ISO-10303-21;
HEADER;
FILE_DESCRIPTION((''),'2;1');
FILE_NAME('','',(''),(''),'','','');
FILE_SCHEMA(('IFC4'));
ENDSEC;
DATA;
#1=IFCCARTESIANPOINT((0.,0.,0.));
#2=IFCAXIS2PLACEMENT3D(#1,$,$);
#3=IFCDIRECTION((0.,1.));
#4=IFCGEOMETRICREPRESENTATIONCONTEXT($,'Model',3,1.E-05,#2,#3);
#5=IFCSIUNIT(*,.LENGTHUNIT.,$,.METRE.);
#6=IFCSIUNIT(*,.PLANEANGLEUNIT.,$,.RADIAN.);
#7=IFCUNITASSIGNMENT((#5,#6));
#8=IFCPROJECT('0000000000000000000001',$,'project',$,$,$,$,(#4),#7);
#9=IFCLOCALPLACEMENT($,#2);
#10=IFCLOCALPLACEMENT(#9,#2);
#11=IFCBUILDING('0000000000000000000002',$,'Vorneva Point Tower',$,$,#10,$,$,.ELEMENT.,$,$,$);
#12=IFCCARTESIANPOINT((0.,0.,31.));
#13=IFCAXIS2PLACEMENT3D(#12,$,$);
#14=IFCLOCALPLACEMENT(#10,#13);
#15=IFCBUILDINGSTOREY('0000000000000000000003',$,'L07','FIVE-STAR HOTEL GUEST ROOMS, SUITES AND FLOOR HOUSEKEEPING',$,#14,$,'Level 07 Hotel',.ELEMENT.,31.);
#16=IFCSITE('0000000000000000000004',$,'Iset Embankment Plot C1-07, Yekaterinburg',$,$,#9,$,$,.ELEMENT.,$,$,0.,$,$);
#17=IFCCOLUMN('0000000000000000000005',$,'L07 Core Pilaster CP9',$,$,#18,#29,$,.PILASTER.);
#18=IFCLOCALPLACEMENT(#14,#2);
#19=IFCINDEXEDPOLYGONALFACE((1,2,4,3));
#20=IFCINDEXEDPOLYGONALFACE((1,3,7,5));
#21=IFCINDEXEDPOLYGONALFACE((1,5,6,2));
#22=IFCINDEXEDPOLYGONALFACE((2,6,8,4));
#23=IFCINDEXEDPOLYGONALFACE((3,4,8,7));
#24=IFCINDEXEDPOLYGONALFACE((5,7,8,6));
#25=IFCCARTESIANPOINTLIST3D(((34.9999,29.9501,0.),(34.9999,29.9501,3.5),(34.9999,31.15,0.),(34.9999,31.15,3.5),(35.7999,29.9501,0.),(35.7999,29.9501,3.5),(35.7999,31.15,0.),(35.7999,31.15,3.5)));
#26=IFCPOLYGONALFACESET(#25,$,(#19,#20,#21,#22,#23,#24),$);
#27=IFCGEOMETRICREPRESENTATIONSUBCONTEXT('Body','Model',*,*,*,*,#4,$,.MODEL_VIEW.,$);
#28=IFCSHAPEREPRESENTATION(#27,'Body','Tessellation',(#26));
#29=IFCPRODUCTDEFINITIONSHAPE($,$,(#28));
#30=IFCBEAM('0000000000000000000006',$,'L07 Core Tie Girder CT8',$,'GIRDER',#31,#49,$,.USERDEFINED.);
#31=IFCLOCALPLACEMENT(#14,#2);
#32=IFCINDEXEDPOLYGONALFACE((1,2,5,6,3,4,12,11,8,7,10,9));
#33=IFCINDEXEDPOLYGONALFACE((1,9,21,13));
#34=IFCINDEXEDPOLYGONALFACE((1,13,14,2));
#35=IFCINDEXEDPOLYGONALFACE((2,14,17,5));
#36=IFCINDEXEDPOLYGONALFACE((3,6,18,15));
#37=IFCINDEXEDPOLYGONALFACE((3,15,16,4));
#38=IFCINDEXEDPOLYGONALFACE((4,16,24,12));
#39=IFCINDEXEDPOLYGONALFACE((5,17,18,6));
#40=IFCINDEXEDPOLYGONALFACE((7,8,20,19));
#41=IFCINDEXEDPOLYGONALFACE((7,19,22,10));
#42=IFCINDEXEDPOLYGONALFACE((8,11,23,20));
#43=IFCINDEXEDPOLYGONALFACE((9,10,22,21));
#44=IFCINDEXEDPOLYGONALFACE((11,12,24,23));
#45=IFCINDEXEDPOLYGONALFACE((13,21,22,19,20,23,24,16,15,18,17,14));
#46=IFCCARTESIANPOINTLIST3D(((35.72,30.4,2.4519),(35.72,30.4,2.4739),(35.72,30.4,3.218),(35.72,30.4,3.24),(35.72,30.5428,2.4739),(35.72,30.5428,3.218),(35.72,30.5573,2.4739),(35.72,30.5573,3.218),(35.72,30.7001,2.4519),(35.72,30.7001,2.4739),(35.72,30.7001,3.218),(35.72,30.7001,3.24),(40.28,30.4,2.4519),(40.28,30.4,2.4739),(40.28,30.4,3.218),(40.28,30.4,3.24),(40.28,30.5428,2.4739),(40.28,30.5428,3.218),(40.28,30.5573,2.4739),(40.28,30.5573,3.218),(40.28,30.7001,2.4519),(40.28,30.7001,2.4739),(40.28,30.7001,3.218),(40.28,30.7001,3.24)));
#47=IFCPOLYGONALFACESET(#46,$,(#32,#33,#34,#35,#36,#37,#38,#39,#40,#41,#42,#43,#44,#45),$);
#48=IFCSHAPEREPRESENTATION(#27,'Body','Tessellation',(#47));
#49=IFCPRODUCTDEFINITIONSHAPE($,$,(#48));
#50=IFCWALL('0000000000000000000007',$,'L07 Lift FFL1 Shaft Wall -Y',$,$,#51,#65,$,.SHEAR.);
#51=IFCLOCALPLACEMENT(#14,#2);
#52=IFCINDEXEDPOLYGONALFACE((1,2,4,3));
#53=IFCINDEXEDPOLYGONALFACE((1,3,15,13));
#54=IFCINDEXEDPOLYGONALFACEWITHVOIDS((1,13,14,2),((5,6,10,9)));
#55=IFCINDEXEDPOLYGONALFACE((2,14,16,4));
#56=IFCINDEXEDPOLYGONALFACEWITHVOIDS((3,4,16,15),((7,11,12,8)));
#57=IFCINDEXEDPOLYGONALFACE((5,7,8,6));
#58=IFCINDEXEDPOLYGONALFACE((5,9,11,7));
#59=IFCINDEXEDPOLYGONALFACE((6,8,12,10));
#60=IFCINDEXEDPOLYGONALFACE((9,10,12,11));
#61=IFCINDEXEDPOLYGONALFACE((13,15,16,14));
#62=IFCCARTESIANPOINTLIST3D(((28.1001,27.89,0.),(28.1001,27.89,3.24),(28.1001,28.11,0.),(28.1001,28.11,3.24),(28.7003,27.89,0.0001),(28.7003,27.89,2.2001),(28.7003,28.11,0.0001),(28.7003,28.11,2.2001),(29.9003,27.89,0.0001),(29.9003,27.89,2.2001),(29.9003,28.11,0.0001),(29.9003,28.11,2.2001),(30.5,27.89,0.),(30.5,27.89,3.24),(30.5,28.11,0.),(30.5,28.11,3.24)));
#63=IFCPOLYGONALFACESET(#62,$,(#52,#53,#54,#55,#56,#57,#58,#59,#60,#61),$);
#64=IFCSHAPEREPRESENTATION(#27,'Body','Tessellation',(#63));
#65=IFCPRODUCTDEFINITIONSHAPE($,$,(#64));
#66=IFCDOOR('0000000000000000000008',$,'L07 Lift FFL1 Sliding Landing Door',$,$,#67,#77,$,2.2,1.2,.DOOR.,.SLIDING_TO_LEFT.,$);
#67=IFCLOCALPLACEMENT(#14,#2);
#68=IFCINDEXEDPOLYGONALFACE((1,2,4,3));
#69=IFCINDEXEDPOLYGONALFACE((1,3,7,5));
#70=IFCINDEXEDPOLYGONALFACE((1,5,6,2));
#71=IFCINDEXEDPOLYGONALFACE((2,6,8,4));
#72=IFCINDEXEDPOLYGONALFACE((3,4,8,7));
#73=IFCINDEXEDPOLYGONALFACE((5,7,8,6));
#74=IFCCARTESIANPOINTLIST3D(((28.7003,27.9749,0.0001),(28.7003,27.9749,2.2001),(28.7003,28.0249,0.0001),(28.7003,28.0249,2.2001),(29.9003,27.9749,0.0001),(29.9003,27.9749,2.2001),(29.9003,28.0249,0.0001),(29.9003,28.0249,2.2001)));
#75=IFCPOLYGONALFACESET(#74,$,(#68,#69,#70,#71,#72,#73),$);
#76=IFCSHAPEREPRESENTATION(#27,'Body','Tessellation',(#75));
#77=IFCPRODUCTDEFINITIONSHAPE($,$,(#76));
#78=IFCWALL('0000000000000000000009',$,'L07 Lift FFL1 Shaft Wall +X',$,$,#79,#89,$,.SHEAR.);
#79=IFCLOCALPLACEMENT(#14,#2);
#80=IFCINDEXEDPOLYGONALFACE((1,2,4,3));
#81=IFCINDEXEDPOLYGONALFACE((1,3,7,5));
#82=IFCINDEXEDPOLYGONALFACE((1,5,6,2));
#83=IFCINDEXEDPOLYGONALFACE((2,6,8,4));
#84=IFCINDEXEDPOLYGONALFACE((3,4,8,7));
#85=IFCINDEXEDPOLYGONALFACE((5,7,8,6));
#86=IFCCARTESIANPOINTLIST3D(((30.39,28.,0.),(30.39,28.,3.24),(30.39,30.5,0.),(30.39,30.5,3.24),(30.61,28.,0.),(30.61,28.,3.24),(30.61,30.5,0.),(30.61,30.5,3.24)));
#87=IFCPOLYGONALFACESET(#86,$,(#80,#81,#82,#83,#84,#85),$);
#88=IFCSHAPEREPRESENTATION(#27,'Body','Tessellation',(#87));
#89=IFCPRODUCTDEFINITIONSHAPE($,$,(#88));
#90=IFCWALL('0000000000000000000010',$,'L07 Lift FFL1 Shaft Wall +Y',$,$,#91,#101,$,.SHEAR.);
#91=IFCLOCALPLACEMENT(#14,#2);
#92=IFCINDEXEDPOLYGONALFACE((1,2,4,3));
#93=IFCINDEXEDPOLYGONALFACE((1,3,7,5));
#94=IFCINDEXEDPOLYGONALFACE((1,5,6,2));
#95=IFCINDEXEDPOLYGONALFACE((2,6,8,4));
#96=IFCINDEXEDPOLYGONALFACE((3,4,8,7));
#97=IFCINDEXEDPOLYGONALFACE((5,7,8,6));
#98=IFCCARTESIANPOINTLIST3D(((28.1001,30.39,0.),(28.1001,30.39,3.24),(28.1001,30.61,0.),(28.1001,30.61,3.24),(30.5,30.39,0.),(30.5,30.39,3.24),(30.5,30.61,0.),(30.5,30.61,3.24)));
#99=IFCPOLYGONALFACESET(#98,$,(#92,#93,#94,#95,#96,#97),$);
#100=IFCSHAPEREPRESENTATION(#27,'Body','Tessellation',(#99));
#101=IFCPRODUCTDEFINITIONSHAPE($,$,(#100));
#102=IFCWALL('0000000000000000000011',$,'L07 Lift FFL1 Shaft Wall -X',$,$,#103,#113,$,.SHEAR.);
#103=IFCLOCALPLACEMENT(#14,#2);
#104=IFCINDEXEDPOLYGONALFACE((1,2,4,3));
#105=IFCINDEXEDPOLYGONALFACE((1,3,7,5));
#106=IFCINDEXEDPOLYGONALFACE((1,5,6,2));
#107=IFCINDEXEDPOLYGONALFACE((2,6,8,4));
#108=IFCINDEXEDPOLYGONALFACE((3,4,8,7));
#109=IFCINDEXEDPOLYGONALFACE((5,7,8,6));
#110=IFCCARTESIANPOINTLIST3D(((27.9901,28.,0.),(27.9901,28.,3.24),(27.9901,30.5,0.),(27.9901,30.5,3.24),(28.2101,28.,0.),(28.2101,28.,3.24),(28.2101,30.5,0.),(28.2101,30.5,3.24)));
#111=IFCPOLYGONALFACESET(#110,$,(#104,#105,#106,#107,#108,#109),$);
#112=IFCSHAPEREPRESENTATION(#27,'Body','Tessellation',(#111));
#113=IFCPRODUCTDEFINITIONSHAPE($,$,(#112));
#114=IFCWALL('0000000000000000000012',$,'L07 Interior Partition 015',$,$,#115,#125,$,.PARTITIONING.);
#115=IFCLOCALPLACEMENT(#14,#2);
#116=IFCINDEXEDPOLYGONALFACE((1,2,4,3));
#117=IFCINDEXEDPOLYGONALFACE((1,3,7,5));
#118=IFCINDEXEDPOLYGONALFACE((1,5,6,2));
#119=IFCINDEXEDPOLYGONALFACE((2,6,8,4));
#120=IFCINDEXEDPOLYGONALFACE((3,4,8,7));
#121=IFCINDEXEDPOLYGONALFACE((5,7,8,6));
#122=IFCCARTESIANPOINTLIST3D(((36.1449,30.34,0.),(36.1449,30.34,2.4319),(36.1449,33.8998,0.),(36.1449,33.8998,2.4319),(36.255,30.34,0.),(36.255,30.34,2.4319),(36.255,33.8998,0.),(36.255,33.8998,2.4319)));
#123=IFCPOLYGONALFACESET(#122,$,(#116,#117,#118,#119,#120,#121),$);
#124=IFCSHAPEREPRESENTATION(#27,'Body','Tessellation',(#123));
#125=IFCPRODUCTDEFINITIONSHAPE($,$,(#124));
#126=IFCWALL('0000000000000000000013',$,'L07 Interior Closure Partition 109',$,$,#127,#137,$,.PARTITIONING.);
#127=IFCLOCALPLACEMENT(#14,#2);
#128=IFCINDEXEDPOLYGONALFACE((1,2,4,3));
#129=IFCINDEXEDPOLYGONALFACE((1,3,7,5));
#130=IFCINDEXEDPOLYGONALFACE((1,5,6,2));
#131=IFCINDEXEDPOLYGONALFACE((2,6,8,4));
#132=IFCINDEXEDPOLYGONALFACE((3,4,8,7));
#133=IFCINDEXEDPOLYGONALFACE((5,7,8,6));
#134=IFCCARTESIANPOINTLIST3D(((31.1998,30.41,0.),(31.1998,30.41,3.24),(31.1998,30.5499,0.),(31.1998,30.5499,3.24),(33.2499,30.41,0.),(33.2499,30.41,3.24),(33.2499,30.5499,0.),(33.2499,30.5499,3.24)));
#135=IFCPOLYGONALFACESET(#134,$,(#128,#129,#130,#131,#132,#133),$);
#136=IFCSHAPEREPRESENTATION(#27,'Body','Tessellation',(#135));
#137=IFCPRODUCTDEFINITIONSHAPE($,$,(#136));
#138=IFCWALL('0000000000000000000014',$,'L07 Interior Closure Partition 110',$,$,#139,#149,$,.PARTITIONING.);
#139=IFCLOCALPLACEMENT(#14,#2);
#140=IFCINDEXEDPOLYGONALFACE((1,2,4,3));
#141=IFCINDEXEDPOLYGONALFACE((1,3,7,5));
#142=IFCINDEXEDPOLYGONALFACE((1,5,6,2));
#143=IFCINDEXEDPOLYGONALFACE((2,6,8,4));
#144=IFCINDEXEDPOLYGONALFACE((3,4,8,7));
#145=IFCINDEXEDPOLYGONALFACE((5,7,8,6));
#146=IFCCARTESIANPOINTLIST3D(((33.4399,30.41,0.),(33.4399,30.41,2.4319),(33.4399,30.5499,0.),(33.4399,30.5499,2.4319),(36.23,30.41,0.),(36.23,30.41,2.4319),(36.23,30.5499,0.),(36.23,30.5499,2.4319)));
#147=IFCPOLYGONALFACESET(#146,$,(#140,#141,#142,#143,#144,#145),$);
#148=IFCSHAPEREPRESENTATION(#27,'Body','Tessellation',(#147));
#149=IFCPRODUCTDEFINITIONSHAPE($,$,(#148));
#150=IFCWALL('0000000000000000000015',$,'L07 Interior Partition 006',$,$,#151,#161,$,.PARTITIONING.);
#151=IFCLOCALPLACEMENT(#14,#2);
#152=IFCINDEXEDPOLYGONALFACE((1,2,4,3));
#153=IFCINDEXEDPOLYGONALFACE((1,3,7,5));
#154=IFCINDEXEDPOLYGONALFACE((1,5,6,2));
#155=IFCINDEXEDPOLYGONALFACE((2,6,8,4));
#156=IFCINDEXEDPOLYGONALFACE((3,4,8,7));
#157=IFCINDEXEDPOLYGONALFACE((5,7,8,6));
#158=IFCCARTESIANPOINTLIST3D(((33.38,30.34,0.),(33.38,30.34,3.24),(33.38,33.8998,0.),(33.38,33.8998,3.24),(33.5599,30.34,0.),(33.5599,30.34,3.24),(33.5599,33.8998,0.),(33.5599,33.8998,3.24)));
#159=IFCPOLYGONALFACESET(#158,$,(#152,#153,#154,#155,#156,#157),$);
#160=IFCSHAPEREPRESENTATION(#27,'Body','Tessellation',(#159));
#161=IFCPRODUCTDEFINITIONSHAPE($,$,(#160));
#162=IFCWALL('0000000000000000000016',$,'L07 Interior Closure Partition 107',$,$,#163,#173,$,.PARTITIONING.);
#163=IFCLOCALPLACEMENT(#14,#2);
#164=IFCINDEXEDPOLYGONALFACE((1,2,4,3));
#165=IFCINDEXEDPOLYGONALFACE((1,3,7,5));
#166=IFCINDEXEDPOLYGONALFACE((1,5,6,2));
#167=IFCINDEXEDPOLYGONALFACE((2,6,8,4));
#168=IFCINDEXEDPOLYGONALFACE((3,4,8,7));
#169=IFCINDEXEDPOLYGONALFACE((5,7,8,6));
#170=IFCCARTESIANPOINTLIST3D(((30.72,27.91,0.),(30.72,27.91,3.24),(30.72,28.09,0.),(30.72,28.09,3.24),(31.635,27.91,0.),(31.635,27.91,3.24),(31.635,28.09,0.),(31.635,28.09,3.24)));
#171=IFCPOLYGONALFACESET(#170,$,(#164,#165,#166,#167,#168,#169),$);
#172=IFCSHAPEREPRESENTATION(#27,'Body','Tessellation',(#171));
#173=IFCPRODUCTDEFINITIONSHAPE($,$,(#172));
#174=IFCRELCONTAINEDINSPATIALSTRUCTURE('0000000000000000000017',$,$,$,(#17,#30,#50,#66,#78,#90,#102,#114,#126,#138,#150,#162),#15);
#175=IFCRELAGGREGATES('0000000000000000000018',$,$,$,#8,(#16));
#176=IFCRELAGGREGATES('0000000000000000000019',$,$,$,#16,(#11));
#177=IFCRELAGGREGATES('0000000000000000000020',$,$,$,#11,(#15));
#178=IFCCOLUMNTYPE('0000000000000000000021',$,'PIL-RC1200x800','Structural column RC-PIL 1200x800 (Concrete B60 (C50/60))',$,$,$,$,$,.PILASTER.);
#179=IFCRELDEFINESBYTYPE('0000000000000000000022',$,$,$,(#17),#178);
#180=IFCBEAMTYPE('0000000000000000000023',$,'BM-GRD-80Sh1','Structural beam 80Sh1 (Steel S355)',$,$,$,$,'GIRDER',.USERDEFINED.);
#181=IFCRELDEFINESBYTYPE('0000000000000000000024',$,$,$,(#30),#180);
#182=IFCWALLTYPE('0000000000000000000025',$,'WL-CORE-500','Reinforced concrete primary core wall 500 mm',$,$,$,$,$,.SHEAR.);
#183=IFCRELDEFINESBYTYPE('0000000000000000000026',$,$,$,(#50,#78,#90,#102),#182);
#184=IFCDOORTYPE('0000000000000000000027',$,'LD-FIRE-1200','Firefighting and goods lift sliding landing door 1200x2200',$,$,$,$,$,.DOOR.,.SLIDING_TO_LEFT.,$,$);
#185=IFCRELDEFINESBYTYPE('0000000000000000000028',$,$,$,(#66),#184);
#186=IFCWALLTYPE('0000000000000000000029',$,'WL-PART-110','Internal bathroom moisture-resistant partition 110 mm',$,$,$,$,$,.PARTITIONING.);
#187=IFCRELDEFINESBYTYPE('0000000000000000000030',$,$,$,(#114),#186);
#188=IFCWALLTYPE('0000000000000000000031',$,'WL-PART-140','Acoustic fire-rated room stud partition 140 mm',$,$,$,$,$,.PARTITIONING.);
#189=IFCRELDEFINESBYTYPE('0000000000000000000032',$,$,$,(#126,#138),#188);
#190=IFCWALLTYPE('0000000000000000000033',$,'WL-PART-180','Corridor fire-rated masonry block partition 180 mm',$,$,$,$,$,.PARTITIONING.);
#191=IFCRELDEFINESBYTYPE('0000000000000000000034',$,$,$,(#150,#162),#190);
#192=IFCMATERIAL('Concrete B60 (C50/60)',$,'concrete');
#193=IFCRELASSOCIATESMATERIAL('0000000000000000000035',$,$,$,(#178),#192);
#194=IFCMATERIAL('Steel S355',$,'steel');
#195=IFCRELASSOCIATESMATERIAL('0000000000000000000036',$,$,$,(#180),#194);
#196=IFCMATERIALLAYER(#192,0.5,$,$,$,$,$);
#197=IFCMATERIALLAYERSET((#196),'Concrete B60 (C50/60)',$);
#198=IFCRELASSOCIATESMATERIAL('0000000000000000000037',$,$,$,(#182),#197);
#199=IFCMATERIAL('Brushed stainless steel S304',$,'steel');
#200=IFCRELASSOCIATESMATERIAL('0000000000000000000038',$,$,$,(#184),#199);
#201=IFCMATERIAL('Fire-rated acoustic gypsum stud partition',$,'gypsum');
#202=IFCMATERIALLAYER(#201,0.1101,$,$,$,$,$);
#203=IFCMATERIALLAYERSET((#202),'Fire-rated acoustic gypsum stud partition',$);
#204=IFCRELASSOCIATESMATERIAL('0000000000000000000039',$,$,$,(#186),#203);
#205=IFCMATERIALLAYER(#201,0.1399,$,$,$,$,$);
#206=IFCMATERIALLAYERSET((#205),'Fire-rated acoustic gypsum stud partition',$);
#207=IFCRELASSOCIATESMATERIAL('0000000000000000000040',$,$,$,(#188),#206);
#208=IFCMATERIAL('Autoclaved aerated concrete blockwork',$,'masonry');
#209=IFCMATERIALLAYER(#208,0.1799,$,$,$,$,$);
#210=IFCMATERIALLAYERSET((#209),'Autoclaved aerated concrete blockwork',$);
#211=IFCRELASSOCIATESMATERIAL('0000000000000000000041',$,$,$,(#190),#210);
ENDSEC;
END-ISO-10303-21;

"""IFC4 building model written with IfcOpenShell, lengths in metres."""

from ifc_helpers import new_model, si_unit, direction, frame, frame_2d, origin, origin_2d, place, context, subcontext, project, spatial, rectangle, i_section, extrude, material, layer, layer_set, material_profile, profile_set, type_object, element, fill, save


model = new_model("IFC4")

# Units and contexts
model_context = context("Model", 3, precision=1e-05, world=origin(), true_north=direction((0.0, 1.0)))
body_context = subcontext(model_context, "Body", "Model", "MODEL_VIEW")
ifc_project = project(units=[si_unit("LENGTHUNIT", "METRE"), si_unit("PLANEANGLEUNIT", "RADIAN")], contexts=[model_context])

# Site, building, storey
site_placement = place(None, origin())
site = spatial("IfcSite", under=ifc_project, at=site_placement, Name="Iset Embankment Plot C1-07, Yekaterinburg", CompositionType="ELEMENT", RefElevation=0.0)
building_placement = place(site_placement, origin())
building = spatial("IfcBuilding", under=site, at=building_placement, Name="Vorneva Point Tower", CompositionType="ELEMENT")
storey_placement = place(building_placement, frame((0.0, 0.0, 31.0)))
storey = spatial("IfcBuildingStorey", under=building, at=storey_placement, Name="L07", Description="FIVE-STAR HOTEL GUEST ROOMS, SUITES AND FLOOR HOUSEKEEPING", LongName="Level 07 Hotel", CompositionType="ELEMENT", Elevation=31.0)

# Column
ifc_material_1 = material(Name="Concrete B60 (C50/60)", Category="concrete")
ifc_material_profile_1 = material_profile(ifc_material_1, rectangle(XDim=0.8, YDim=1.2, at=origin_2d()), Name="RC-PIL 1200x800")
ifc_profile_set_1 = profile_set([ifc_material_profile_1], Name="Concrete B60 (C50/60)")
column_type = type_object("IfcColumnType", Name="PIL-RC1200x800", Description="Structural column RC-PIL 1200x800 (Concrete B60 (C50/60))", PredefinedType="PILASTER", material=ifc_profile_set_1)
column_placement = place(storey_placement, frame((35.3999, 30.55, 0.0), z_axis=(0.0, 0.0, 1.0), x_axis=(1.0, 0.0, 0.0)))
element("IfcColumn", 1, at=column_placement, inside=storey, type_object=column_type, Name="L07 Core Pilaster CP9", PredefinedType="PILASTER", context=body_context, shape_type="SweptSolid", body=[
    extrude(rectangle(XDim=0.8, YDim=1.2, at=origin_2d()), origin(), (0.0, 0.0, 1.0), 3.5),
])

# Beam
ifc_material_2 = material(Name="Steel S355", Category="steel")
ifc_material_profile_2 = material_profile(ifc_material_2, i_section(OverallWidth=0.3, OverallDepth=0.7881, WebThickness=0.0144, FlangeThickness=0.022, at=origin_2d()), Name="80Sh1")
ifc_profile_set_2 = profile_set([ifc_material_profile_2], Name="Steel S355")
beam_type = type_object("IfcBeamType", Name="BM-GRD-80Sh1", Description="Structural beam 80Sh1 (Steel S355)", ElementType="GIRDER", PredefinedType="USERDEFINED", material=ifc_profile_set_2)
beam_placement = place(storey_placement, frame((35.72, 30.55, 2.8459), z_axis=(1.0, 0.0, 0.0), x_axis=(0.0, 1.0, 0.0)))
element("IfcBeam", 2, at=beam_placement, inside=storey, type_object=beam_type, Name="L07 Core Tie Girder CT8", ObjectType="GIRDER", PredefinedType="USERDEFINED", context=body_context, shape_type="SweptSolid", body=[
    extrude(i_section(OverallWidth=0.3, OverallDepth=0.7881, WebThickness=0.0144, FlangeThickness=0.022, at=origin_2d()), origin(), (0.0, 0.0, 1.0), 4.5601),
])

# Wall, opening, door
ifc_layer_1 = layer(ifc_material_1, 0.5)
ifc_layer_set_1 = layer_set([ifc_layer_1], Name="Concrete B60 (C50/60)")
wall_type_1 = type_object("IfcWallType", Name="WL-CORE-500", Description="Reinforced concrete primary core wall 500 mm", PredefinedType="SHEAR", material=ifc_layer_set_1)
wall_1_placement = place(storey_placement, frame((28.1001, 28.0, 0.0), z_axis=(0.0, 0.0, 1.0), x_axis=(1.0, 0.0, 0.0)))
wall_1 = element("IfcWall", 3, at=wall_1_placement, inside=storey, type_object=wall_type_1, Name="L07 Lift FFL1 Shaft Wall -Y", PredefinedType="SHEAR", context=body_context, shape_type="SweptSolid", body=[
    extrude(rectangle(XDim=2.3999, YDim=0.22, at=frame_2d((1.2, 0.0))), origin(), (0.0, 0.0, 1.0), 3.24),
])
opening_1_placement = place(wall_1_placement, frame((0.6001, 0.0, 0.0)))
opening_1 = element("IfcOpeningElement", 4, at=opening_1_placement, cuts=wall_1, PredefinedType="OPENING", context=body_context, shape_type="SweptSolid", body=[
    extrude(rectangle(XDim=1.2, YDim=2.2, at=frame_2d((0.6001, 1.1001))), frame((0.0, 0.125, 0.0), z_axis=(0.0, -1.0, 0.0), x_axis=(1.0, 0.0, 0.0)), (0.0, 0.0, 1.0), 0.2498),
])
ifc_material_3 = material(Name="Brushed stainless steel S304", Category="steel")
door_type_1 = type_object("IfcDoorType", Name="LD-FIRE-1200", Description="Firefighting and goods lift sliding landing door 1200x2200", OperationType="SLIDING_TO_LEFT", PredefinedType="DOOR", material=ifc_material_3)
door_1_placement = place(opening_1_placement, origin())
door_1 = element("IfcDoor", 5, at=door_1_placement, inside=storey, type_object=door_type_1, Name="L07 Lift FFL1 Sliding Landing Door", OperationType="SLIDING_TO_LEFT", OverallHeight=2.2, OverallWidth=1.2, PredefinedType="DOOR", context=body_context, shape_type="SweptSolid", body=[
    extrude(rectangle(XDim=1.2, YDim=2.2, at=frame_2d((0.6001, 1.1001))), frame((0.0, 0.0249, 0.0), z_axis=(0.0, -1.0, 0.0), x_axis=(1.0, 0.0, 0.0)), (0.0, 0.0, 1.0), 0.05),
])
fill(opening_1, door_1)

# Walls
wall_2_placement = place(storey_placement, frame((30.5, 28.0, 0.0), z_axis=(0.0, 0.0, 1.0), x_axis=(0.0, 1.0, 0.0)))
element("IfcWall", 6, at=wall_2_placement, inside=storey, type_object=wall_type_1, Name="L07 Lift FFL1 Shaft Wall +X", PredefinedType="SHEAR", context=body_context, shape_type="SweptSolid", body=[
    extrude(rectangle(XDim=2.5, YDim=0.22, at=frame_2d((1.25, 0.0))), origin(), (0.0, 0.0, 1.0), 3.24),
])
wall_3_placement = place(storey_placement, frame((30.5, 30.5, 0.0), z_axis=(0.0, 0.0, 1.0), x_axis=(-1.0, 0.0, 0.0)))
element("IfcWall", 7, at=wall_3_placement, inside=storey, type_object=wall_type_1, Name="L07 Lift FFL1 Shaft Wall +Y", PredefinedType="SHEAR", context=body_context, shape_type="SweptSolid", body=[
    extrude(rectangle(XDim=2.3999, YDim=0.22, at=frame_2d((1.2, 0.0))), origin(), (0.0, 0.0, 1.0), 3.24),
])
wall_4_placement = place(storey_placement, frame((28.1001, 30.5, 0.0), z_axis=(0.0, 0.0, 1.0), x_axis=(0.0, -1.0, 0.0)))
element("IfcWall", 8, at=wall_4_placement, inside=storey, type_object=wall_type_1, Name="L07 Lift FFL1 Shaft Wall -X", PredefinedType="SHEAR", context=body_context, shape_type="SweptSolid", body=[
    extrude(rectangle(XDim=2.5, YDim=0.22, at=frame_2d((1.25, 0.0))), origin(), (0.0, 0.0, 1.0), 3.24),
])
ifc_material_4 = material(Name="Fire-rated acoustic gypsum stud partition", Category="gypsum")
ifc_layer_2 = layer(ifc_material_4, 0.1101)
ifc_layer_set_2 = layer_set([ifc_layer_2], Name="Fire-rated acoustic gypsum stud partition")
wall_type_2 = type_object("IfcWallType", Name="WL-PART-110", Description="Internal bathroom moisture-resistant partition 110 mm", PredefinedType="PARTITIONING", material=ifc_layer_set_2)
wall_5_placement = place(storey_placement, frame((36.2, 30.3401, 0.0), z_axis=(0.0, 0.0, 1.0), x_axis=(0.0, 1.0, 0.0)))
element("IfcWall", 9, at=wall_5_placement, inside=storey, type_object=wall_type_2, Name="L07 Interior Partition 015", PredefinedType="PARTITIONING", context=body_context, shape_type="SweptSolid", body=[
    extrude(rectangle(XDim=3.5598, YDim=0.1101, at=frame_2d((1.7798, 0.0))), origin(), (0.0, 0.0, 1.0), 2.4319),
])
ifc_layer_3 = layer(ifc_material_4, 0.1399)
ifc_layer_set_3 = layer_set([ifc_layer_3], Name="Fire-rated acoustic gypsum stud partition")
wall_type_3 = type_object("IfcWallType", Name="WL-PART-140", Description="Acoustic fire-rated room stud partition 140 mm", PredefinedType="PARTITIONING", material=ifc_layer_set_3)
wall_6_placement = place(storey_placement, frame((31.2, 30.48, 0.0), z_axis=(0.0, 0.0, 1.0), x_axis=(1.0, 0.0, 0.0)))
element("IfcWall", 10, at=wall_6_placement, inside=storey, type_object=wall_type_3, Name="L07 Interior Closure Partition 109", PredefinedType="PARTITIONING", context=body_context, shape_type="SweptSolid", body=[
    extrude(rectangle(XDim=2.05, YDim=0.1399, at=frame_2d((1.0249, 0.0))), origin(), (0.0, 0.0, 1.0), 3.24),
])
wall_7_placement = place(storey_placement, frame((33.4399, 30.48, 0.0), z_axis=(0.0, 0.0, 1.0), x_axis=(1.0, 0.0, 0.0)))
element("IfcWall", 11, at=wall_7_placement, inside=storey, type_object=wall_type_3, Name="L07 Interior Closure Partition 110", PredefinedType="PARTITIONING", context=body_context, shape_type="SweptSolid", body=[
    extrude(rectangle(XDim=2.79, YDim=0.1399, at=frame_2d((1.395, 0.0))), origin(), (0.0, 0.0, 1.0), 2.4319),
])

# Shared definitions
ifc_material_5 = material(Name="Autoclaved aerated concrete blockwork", Category="masonry")
ifc_layer_4 = layer(ifc_material_5, 0.1799)
ifc_layer_set_4 = layer_set([ifc_layer_4], Name="Autoclaved aerated concrete blockwork")
wall_type_4 = type_object("IfcWallType", Name="WL-PART-180", Description="Corridor fire-rated masonry block partition 180 mm", PredefinedType="PARTITIONING", material=ifc_layer_set_4)

# Walls
wall_8_placement = place(storey_placement, frame((33.47, 30.3401, 0.0), z_axis=(0.0, 0.0, 1.0), x_axis=(0.0, 1.0, 0.0)))
element("IfcWall", 12, at=wall_8_placement, inside=storey, type_object=wall_type_4, Name="L07 Interior Partition 006", PredefinedType="PARTITIONING", context=body_context, shape_type="SweptSolid", body=[
    extrude(rectangle(XDim=3.5598, YDim=0.1799, at=frame_2d((1.7798, 0.0))), origin(), (0.0, 0.0, 1.0), 3.24),
])
wall_9_placement = place(storey_placement, frame((31.635, 28.0, 0.0), z_axis=(0.0, 0.0, 1.0), x_axis=(-1.0, 0.0, 0.0)))
element("IfcWall", 13, at=wall_9_placement, inside=storey, type_object=wall_type_4, Name="L07 Interior Closure Partition 107", PredefinedType="PARTITIONING", context=body_context, shape_type="SweptSolid", body=[
    extrude(rectangle(XDim=0.915, YDim=0.1799, at=frame_2d((0.4575, 0.0))), origin(), (0.0, 0.0, 1.0), 3.24),
])

save(model, "model.ifc")
